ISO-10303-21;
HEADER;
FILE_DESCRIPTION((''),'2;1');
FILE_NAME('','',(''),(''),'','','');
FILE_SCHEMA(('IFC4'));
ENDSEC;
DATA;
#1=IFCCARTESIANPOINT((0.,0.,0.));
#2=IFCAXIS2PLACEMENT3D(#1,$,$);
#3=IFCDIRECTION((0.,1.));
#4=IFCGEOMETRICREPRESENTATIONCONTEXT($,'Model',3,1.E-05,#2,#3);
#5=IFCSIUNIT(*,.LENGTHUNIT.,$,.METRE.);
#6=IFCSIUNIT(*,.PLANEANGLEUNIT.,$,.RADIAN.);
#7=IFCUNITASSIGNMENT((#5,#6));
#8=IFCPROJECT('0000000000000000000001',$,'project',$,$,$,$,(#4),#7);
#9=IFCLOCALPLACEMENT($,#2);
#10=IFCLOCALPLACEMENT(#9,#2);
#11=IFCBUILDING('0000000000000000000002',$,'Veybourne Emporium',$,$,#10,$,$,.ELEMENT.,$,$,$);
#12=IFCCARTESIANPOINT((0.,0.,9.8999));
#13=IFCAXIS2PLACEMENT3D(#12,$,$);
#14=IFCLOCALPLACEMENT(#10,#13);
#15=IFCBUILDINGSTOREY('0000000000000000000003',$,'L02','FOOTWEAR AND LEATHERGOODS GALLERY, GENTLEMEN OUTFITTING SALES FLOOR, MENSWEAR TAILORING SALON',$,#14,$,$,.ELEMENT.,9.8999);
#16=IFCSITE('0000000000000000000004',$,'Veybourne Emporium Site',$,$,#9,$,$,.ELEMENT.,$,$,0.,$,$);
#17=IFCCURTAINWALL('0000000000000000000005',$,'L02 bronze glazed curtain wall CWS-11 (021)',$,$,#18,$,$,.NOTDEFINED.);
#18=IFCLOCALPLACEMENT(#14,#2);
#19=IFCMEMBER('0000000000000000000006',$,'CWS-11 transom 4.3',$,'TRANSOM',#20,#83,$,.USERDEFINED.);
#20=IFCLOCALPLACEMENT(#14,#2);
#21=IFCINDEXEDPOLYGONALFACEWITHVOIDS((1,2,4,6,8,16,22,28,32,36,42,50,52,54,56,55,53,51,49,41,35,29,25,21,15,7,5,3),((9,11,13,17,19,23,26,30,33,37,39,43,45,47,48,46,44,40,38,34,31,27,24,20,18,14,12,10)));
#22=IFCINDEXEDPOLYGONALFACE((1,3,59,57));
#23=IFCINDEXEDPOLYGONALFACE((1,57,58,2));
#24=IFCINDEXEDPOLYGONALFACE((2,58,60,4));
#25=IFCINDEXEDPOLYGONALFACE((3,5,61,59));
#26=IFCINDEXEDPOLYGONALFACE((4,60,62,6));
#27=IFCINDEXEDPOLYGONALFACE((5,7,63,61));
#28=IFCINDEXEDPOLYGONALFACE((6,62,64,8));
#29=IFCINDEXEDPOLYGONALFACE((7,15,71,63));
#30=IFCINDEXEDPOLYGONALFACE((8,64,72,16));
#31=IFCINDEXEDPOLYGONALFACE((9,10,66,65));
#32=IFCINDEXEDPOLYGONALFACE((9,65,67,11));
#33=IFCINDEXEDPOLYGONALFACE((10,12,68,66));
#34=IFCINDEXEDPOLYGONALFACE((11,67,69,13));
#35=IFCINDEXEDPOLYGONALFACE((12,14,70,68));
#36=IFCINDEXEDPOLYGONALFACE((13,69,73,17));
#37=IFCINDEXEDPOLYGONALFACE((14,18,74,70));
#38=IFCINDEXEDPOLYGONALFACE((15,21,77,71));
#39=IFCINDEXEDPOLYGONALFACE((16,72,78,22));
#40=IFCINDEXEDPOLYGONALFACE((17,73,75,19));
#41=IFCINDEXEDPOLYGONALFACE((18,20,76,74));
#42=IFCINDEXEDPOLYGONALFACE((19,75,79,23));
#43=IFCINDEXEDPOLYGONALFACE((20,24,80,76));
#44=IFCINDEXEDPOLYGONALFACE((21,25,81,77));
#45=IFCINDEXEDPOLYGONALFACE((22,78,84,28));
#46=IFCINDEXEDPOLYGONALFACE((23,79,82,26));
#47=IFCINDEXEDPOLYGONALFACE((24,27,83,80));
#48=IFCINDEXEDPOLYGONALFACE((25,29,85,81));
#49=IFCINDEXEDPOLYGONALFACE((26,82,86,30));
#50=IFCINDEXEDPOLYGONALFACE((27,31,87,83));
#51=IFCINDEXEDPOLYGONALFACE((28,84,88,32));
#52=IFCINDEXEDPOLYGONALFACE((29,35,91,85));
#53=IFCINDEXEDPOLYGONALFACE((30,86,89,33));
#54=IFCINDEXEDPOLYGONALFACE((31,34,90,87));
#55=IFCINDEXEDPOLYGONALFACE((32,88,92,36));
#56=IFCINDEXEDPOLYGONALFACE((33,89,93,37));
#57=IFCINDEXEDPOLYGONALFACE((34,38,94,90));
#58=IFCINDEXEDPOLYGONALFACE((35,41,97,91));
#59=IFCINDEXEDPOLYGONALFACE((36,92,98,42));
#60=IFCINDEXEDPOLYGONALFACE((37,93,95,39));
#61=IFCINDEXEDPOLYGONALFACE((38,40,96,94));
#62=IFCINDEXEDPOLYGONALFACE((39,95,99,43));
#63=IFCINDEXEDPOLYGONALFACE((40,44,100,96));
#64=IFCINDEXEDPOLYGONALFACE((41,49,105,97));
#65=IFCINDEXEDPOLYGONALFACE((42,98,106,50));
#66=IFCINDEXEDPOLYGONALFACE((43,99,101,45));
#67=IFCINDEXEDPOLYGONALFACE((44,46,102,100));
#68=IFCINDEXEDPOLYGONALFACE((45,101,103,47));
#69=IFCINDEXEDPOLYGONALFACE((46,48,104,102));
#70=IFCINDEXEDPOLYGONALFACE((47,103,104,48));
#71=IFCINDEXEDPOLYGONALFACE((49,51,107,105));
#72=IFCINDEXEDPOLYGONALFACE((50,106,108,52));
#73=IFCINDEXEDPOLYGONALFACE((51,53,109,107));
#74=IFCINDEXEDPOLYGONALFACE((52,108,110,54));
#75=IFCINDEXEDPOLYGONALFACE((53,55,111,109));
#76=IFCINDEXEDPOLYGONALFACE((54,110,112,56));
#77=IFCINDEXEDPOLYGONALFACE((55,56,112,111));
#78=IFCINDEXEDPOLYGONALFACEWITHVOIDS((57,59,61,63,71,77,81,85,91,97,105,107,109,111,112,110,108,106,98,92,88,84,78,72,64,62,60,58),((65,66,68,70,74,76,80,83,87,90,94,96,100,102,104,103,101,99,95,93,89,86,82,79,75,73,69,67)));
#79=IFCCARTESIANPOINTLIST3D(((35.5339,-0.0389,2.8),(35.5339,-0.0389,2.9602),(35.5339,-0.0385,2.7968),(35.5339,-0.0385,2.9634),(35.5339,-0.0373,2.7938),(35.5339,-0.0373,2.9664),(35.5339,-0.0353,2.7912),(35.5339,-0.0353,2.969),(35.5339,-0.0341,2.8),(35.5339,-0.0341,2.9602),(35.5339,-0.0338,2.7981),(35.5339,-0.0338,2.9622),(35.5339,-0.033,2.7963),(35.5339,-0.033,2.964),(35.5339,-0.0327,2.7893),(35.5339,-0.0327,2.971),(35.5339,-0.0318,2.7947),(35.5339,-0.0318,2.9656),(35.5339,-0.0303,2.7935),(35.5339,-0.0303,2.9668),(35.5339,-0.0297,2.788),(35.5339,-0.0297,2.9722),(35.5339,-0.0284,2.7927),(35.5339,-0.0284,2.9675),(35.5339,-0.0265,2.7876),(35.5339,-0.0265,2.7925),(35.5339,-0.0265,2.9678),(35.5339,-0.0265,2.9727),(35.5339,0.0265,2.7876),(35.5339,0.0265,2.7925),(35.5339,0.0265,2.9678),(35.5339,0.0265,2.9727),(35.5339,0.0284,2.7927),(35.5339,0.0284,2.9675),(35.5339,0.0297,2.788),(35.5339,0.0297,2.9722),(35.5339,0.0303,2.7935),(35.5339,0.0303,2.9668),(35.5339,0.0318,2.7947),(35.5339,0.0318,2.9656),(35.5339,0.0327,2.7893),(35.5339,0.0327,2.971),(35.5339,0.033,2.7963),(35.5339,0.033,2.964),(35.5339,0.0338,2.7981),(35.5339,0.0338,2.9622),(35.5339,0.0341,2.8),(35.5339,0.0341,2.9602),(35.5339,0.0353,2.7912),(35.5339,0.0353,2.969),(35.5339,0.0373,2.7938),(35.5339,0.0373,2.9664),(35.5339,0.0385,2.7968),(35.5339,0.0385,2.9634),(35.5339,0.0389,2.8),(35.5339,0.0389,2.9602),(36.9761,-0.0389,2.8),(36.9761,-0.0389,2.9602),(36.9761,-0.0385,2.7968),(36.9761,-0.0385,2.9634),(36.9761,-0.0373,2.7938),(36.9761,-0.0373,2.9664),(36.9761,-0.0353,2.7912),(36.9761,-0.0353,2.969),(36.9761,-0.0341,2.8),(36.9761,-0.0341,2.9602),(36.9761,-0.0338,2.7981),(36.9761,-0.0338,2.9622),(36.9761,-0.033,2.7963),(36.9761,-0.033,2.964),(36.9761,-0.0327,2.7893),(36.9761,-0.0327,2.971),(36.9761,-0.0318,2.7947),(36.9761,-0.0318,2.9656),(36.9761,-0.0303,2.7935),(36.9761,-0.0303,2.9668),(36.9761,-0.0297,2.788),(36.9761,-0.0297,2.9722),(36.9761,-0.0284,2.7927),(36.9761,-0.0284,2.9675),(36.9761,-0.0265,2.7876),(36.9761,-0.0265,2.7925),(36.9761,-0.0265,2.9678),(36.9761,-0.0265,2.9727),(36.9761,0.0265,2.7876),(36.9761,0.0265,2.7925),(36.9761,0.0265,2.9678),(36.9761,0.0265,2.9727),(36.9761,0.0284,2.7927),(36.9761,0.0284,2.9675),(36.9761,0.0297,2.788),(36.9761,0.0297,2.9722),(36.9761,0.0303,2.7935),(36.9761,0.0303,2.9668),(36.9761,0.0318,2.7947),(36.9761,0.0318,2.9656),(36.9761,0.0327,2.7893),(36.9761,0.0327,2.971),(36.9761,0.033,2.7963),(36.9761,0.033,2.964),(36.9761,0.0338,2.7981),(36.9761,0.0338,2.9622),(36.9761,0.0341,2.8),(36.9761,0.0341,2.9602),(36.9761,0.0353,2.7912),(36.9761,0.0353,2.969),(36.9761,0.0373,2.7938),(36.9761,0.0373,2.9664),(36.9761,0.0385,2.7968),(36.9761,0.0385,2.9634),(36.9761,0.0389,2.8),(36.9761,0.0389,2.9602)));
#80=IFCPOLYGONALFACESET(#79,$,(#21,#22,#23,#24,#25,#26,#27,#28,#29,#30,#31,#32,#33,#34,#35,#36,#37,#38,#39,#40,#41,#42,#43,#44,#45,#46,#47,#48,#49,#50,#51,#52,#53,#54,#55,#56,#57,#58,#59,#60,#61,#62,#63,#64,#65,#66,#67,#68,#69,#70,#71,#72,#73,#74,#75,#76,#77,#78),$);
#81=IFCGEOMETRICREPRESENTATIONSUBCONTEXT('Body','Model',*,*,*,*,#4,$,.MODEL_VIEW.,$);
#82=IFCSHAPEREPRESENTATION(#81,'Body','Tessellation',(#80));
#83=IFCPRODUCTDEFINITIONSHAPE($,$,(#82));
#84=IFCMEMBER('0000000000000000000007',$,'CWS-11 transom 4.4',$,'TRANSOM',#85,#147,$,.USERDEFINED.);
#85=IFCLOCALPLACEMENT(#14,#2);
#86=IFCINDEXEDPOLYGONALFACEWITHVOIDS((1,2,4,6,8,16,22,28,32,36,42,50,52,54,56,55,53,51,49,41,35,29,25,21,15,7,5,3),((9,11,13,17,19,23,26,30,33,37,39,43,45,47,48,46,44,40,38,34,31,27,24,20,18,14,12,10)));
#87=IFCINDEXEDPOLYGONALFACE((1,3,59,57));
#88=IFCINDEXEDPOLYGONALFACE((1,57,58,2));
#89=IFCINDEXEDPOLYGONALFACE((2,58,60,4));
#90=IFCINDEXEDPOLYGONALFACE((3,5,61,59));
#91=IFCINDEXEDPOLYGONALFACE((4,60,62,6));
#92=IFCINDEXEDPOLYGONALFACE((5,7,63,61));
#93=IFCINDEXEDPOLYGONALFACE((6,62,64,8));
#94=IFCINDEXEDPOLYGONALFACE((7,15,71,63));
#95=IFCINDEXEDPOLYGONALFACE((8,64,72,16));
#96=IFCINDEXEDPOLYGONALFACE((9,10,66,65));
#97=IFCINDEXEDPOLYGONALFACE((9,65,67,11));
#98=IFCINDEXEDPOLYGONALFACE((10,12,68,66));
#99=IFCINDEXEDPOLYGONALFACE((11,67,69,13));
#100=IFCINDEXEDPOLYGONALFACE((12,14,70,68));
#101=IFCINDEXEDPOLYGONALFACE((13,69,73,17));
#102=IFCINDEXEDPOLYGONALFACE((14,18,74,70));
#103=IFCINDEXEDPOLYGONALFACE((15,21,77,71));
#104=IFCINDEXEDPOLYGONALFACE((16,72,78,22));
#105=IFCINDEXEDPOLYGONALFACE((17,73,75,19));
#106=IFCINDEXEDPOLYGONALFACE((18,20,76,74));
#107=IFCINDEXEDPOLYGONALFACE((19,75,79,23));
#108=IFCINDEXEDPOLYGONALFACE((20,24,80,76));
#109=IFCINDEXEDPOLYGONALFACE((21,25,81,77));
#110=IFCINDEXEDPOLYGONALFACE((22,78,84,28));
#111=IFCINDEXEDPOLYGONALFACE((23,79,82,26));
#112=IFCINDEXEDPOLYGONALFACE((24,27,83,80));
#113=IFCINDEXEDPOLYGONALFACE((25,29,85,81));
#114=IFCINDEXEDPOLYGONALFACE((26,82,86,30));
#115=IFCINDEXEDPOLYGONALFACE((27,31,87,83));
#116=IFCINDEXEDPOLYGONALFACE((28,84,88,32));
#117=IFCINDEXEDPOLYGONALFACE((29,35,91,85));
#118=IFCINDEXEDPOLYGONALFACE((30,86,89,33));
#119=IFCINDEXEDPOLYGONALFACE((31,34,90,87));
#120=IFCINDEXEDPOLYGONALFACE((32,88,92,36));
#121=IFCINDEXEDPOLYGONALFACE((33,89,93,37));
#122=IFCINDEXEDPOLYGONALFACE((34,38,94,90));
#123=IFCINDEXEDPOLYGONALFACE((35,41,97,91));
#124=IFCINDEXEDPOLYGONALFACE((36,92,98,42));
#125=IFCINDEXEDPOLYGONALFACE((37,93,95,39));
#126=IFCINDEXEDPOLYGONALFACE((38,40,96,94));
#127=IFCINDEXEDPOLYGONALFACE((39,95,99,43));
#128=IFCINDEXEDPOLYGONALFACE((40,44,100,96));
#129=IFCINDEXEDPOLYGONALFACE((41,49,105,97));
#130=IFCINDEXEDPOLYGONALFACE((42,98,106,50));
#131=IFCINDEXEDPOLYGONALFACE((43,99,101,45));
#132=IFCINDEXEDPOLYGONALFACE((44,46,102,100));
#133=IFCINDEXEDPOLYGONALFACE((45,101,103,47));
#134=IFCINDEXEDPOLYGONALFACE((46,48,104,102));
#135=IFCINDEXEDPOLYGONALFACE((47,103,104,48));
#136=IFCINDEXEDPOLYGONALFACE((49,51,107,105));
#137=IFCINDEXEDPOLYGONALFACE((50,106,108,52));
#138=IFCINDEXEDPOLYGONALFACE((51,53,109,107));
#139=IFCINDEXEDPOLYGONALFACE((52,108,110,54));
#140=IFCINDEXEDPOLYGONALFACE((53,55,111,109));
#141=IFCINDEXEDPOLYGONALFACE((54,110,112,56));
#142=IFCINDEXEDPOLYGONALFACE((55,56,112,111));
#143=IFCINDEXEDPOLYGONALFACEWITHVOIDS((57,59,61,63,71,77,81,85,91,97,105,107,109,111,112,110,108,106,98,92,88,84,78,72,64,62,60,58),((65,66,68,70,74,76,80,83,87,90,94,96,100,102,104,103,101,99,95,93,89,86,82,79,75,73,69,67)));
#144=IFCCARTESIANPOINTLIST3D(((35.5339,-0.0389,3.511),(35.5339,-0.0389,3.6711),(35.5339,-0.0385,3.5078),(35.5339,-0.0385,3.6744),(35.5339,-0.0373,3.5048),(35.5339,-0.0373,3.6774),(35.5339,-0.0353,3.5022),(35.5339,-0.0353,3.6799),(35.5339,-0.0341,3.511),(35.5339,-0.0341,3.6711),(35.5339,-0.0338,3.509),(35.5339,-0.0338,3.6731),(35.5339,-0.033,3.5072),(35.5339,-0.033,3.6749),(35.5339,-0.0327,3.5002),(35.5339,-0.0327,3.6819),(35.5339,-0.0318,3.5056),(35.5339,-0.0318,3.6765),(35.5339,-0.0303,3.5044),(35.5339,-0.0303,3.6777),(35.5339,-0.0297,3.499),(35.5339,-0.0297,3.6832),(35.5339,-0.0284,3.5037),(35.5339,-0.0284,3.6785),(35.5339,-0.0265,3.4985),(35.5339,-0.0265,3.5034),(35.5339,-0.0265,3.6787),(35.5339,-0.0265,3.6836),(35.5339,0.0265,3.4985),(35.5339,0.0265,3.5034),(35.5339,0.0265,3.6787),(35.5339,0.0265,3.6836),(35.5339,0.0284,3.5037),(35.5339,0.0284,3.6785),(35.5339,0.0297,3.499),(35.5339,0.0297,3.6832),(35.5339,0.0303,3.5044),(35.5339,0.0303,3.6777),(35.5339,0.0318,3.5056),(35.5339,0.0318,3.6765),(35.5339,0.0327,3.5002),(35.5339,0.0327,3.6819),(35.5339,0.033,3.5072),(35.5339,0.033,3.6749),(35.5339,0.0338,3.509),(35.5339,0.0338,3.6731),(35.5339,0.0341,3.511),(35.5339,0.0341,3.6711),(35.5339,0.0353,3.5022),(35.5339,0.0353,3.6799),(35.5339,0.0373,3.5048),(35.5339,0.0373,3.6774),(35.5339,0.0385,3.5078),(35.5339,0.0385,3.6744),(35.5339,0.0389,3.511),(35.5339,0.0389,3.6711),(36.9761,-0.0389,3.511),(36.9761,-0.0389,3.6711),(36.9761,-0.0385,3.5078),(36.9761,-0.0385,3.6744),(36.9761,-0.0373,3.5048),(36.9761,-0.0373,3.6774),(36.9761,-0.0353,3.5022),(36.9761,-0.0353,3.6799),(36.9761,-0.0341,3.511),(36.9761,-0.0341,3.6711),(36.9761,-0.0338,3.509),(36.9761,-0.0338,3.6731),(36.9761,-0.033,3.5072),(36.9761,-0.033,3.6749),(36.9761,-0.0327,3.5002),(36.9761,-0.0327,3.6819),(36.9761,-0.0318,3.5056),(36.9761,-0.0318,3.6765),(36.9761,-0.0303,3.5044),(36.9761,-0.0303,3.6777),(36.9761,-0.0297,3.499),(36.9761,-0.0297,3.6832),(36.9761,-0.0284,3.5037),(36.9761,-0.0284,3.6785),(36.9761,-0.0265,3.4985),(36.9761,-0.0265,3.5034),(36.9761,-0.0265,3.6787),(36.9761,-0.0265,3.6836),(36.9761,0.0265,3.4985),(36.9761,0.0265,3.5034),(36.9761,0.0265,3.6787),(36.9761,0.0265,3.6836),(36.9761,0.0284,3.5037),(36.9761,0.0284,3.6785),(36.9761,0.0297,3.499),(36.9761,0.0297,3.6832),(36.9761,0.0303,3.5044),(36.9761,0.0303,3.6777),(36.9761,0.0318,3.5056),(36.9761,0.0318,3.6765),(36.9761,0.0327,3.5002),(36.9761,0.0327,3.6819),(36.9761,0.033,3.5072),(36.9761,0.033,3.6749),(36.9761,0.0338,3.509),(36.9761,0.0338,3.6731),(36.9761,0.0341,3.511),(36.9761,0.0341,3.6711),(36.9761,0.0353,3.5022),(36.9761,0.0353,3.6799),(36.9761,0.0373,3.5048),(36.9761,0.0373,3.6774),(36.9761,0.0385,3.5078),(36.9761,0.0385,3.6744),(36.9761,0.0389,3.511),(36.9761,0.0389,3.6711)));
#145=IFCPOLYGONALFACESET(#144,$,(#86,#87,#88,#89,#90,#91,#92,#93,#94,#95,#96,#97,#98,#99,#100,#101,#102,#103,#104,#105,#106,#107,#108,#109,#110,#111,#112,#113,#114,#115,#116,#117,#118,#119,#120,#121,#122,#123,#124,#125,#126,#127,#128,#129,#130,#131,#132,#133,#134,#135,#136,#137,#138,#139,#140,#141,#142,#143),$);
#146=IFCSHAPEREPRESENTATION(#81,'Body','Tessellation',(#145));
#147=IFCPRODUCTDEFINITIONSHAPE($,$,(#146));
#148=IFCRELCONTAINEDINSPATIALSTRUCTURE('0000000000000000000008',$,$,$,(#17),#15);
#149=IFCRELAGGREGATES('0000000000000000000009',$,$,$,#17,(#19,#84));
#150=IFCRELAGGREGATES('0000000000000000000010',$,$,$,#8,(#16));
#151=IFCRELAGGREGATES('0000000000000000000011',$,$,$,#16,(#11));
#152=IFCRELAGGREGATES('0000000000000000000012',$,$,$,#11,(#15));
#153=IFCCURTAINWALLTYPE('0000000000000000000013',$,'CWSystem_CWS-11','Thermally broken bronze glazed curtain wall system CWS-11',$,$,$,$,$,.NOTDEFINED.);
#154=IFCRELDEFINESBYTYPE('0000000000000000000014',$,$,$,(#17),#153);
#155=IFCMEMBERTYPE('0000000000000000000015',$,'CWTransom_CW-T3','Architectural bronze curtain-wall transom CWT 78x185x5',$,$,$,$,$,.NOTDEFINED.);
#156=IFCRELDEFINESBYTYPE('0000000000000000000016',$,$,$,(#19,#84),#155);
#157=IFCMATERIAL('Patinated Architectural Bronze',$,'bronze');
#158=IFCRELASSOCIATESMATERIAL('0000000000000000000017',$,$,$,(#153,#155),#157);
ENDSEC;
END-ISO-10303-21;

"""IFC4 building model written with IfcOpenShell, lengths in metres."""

from ifc_helpers import new_model, si_unit, direction, frame, origin, origin_2d, place, context, subcontext, project, spatial, hollow_rectangle, extrude, material, material_profile, profile_set, type_object, element, aggregate, save


model = new_model("IFC4")

# Units and contexts
model_context = context("Model", 3, precision=1e-05, world=origin(), true_north=direction((0.0, 1.0)))
body_context = subcontext(model_context, "Body", "Model", "MODEL_VIEW")
ifc_project = project(units=[si_unit("LENGTHUNIT", "METRE"), si_unit("PLANEANGLEUNIT", "RADIAN")], contexts=[model_context])

# Site, building, storey
site_placement = place(None, origin())
site = spatial("IfcSite", under=ifc_project, at=site_placement, Name="Veybourne Emporium Site", CompositionType="ELEMENT", RefElevation=0.0)
building_placement = place(site_placement, origin())
building = spatial("IfcBuilding", under=site, at=building_placement, Name="Veybourne Emporium", CompositionType="ELEMENT")
storey_placement = place(building_placement, frame((0.0, 0.0, 9.8999)))
storey = spatial("IfcBuildingStorey", under=building, at=storey_placement, Name="L02", Description="FOOTWEAR AND LEATHERGOODS GALLERY, GENTLEMEN OUTFITTING SALES FLOOR, MENSWEAR TAILORING SALON", CompositionType="ELEMENT", Elevation=9.8999)

# Curtain wall, members
ifc_material_1 = material(Name="Patinated Architectural Bronze", Category="bronze")
curtain_wall_type = type_object("IfcCurtainWallType", Name="CWSystem_CWS-11", Description="Thermally broken bronze glazed curtain wall system CWS-11", PredefinedType="NOTDEFINED", material=ifc_material_1)
curtain_wall_placement = place(storey_placement, origin())
curtain_wall = element("IfcCurtainWall", 1, at=curtain_wall_placement, inside=storey, type_object=curtain_wall_type, Name="L02 bronze glazed curtain wall CWS-11 (021)", PredefinedType="NOTDEFINED")
ifc_material_profile_1 = material_profile(ifc_material_1, hollow_rectangle(XDim=0.0779, YDim=0.1851, WallThickness=0.0049, InnerFilletRadius=0.0076, OuterFilletRadius=0.0125, at=origin_2d()), Name="CWT 78x185x5")
ifc_profile_set_1 = profile_set([ifc_material_profile_1], Name="Patinated Architectural Bronze")
member_type_1 = type_object("IfcMemberType", Name="CWTransom_CW-T3", Description="Architectural bronze curtain-wall transom CWT 78x185x5", PredefinedType="NOTDEFINED", material=ifc_profile_set_1)
member_1_placement = place(storey_placement, frame((36.9761, 0.0, 2.8801), z_axis=(-1.0, 0.0, 0.0), x_axis=(0.0, -1.0, 0.0)))
member_1 = element("IfcMember", 2, at=member_1_placement, type_object=member_type_1, Name="CWS-11 transom 4.3", ObjectType="TRANSOM", PredefinedType="USERDEFINED", context=body_context, shape_type="SweptSolid", body=[
    extrude(hollow_rectangle(XDim=0.0779, YDim=0.1851, WallThickness=0.0049, InnerFilletRadius=0.0076, OuterFilletRadius=0.0125, at=origin_2d()), origin(), (0.0, 0.0, 1.0), 1.4421),
])
member_2_placement = place(storey_placement, frame((36.9761, 0.0, 3.5911), z_axis=(-1.0, 0.0, 0.0), x_axis=(0.0, -1.0, 0.0)))
member_2 = element("IfcMember", 3, at=member_2_placement, type_object=member_type_1, Name="CWS-11 transom 4.4", ObjectType="TRANSOM", PredefinedType="USERDEFINED", context=body_context, shape_type="SweptSolid", body=[
    extrude(hollow_rectangle(XDim=0.0779, YDim=0.1851, WallThickness=0.0049, InnerFilletRadius=0.0076, OuterFilletRadius=0.0125, at=origin_2d()), origin(), (0.0, 0.0, 1.0), 1.4421),
])

aggregate(curtain_wall, [member_1, member_2])

save(model, "model.ifc")
